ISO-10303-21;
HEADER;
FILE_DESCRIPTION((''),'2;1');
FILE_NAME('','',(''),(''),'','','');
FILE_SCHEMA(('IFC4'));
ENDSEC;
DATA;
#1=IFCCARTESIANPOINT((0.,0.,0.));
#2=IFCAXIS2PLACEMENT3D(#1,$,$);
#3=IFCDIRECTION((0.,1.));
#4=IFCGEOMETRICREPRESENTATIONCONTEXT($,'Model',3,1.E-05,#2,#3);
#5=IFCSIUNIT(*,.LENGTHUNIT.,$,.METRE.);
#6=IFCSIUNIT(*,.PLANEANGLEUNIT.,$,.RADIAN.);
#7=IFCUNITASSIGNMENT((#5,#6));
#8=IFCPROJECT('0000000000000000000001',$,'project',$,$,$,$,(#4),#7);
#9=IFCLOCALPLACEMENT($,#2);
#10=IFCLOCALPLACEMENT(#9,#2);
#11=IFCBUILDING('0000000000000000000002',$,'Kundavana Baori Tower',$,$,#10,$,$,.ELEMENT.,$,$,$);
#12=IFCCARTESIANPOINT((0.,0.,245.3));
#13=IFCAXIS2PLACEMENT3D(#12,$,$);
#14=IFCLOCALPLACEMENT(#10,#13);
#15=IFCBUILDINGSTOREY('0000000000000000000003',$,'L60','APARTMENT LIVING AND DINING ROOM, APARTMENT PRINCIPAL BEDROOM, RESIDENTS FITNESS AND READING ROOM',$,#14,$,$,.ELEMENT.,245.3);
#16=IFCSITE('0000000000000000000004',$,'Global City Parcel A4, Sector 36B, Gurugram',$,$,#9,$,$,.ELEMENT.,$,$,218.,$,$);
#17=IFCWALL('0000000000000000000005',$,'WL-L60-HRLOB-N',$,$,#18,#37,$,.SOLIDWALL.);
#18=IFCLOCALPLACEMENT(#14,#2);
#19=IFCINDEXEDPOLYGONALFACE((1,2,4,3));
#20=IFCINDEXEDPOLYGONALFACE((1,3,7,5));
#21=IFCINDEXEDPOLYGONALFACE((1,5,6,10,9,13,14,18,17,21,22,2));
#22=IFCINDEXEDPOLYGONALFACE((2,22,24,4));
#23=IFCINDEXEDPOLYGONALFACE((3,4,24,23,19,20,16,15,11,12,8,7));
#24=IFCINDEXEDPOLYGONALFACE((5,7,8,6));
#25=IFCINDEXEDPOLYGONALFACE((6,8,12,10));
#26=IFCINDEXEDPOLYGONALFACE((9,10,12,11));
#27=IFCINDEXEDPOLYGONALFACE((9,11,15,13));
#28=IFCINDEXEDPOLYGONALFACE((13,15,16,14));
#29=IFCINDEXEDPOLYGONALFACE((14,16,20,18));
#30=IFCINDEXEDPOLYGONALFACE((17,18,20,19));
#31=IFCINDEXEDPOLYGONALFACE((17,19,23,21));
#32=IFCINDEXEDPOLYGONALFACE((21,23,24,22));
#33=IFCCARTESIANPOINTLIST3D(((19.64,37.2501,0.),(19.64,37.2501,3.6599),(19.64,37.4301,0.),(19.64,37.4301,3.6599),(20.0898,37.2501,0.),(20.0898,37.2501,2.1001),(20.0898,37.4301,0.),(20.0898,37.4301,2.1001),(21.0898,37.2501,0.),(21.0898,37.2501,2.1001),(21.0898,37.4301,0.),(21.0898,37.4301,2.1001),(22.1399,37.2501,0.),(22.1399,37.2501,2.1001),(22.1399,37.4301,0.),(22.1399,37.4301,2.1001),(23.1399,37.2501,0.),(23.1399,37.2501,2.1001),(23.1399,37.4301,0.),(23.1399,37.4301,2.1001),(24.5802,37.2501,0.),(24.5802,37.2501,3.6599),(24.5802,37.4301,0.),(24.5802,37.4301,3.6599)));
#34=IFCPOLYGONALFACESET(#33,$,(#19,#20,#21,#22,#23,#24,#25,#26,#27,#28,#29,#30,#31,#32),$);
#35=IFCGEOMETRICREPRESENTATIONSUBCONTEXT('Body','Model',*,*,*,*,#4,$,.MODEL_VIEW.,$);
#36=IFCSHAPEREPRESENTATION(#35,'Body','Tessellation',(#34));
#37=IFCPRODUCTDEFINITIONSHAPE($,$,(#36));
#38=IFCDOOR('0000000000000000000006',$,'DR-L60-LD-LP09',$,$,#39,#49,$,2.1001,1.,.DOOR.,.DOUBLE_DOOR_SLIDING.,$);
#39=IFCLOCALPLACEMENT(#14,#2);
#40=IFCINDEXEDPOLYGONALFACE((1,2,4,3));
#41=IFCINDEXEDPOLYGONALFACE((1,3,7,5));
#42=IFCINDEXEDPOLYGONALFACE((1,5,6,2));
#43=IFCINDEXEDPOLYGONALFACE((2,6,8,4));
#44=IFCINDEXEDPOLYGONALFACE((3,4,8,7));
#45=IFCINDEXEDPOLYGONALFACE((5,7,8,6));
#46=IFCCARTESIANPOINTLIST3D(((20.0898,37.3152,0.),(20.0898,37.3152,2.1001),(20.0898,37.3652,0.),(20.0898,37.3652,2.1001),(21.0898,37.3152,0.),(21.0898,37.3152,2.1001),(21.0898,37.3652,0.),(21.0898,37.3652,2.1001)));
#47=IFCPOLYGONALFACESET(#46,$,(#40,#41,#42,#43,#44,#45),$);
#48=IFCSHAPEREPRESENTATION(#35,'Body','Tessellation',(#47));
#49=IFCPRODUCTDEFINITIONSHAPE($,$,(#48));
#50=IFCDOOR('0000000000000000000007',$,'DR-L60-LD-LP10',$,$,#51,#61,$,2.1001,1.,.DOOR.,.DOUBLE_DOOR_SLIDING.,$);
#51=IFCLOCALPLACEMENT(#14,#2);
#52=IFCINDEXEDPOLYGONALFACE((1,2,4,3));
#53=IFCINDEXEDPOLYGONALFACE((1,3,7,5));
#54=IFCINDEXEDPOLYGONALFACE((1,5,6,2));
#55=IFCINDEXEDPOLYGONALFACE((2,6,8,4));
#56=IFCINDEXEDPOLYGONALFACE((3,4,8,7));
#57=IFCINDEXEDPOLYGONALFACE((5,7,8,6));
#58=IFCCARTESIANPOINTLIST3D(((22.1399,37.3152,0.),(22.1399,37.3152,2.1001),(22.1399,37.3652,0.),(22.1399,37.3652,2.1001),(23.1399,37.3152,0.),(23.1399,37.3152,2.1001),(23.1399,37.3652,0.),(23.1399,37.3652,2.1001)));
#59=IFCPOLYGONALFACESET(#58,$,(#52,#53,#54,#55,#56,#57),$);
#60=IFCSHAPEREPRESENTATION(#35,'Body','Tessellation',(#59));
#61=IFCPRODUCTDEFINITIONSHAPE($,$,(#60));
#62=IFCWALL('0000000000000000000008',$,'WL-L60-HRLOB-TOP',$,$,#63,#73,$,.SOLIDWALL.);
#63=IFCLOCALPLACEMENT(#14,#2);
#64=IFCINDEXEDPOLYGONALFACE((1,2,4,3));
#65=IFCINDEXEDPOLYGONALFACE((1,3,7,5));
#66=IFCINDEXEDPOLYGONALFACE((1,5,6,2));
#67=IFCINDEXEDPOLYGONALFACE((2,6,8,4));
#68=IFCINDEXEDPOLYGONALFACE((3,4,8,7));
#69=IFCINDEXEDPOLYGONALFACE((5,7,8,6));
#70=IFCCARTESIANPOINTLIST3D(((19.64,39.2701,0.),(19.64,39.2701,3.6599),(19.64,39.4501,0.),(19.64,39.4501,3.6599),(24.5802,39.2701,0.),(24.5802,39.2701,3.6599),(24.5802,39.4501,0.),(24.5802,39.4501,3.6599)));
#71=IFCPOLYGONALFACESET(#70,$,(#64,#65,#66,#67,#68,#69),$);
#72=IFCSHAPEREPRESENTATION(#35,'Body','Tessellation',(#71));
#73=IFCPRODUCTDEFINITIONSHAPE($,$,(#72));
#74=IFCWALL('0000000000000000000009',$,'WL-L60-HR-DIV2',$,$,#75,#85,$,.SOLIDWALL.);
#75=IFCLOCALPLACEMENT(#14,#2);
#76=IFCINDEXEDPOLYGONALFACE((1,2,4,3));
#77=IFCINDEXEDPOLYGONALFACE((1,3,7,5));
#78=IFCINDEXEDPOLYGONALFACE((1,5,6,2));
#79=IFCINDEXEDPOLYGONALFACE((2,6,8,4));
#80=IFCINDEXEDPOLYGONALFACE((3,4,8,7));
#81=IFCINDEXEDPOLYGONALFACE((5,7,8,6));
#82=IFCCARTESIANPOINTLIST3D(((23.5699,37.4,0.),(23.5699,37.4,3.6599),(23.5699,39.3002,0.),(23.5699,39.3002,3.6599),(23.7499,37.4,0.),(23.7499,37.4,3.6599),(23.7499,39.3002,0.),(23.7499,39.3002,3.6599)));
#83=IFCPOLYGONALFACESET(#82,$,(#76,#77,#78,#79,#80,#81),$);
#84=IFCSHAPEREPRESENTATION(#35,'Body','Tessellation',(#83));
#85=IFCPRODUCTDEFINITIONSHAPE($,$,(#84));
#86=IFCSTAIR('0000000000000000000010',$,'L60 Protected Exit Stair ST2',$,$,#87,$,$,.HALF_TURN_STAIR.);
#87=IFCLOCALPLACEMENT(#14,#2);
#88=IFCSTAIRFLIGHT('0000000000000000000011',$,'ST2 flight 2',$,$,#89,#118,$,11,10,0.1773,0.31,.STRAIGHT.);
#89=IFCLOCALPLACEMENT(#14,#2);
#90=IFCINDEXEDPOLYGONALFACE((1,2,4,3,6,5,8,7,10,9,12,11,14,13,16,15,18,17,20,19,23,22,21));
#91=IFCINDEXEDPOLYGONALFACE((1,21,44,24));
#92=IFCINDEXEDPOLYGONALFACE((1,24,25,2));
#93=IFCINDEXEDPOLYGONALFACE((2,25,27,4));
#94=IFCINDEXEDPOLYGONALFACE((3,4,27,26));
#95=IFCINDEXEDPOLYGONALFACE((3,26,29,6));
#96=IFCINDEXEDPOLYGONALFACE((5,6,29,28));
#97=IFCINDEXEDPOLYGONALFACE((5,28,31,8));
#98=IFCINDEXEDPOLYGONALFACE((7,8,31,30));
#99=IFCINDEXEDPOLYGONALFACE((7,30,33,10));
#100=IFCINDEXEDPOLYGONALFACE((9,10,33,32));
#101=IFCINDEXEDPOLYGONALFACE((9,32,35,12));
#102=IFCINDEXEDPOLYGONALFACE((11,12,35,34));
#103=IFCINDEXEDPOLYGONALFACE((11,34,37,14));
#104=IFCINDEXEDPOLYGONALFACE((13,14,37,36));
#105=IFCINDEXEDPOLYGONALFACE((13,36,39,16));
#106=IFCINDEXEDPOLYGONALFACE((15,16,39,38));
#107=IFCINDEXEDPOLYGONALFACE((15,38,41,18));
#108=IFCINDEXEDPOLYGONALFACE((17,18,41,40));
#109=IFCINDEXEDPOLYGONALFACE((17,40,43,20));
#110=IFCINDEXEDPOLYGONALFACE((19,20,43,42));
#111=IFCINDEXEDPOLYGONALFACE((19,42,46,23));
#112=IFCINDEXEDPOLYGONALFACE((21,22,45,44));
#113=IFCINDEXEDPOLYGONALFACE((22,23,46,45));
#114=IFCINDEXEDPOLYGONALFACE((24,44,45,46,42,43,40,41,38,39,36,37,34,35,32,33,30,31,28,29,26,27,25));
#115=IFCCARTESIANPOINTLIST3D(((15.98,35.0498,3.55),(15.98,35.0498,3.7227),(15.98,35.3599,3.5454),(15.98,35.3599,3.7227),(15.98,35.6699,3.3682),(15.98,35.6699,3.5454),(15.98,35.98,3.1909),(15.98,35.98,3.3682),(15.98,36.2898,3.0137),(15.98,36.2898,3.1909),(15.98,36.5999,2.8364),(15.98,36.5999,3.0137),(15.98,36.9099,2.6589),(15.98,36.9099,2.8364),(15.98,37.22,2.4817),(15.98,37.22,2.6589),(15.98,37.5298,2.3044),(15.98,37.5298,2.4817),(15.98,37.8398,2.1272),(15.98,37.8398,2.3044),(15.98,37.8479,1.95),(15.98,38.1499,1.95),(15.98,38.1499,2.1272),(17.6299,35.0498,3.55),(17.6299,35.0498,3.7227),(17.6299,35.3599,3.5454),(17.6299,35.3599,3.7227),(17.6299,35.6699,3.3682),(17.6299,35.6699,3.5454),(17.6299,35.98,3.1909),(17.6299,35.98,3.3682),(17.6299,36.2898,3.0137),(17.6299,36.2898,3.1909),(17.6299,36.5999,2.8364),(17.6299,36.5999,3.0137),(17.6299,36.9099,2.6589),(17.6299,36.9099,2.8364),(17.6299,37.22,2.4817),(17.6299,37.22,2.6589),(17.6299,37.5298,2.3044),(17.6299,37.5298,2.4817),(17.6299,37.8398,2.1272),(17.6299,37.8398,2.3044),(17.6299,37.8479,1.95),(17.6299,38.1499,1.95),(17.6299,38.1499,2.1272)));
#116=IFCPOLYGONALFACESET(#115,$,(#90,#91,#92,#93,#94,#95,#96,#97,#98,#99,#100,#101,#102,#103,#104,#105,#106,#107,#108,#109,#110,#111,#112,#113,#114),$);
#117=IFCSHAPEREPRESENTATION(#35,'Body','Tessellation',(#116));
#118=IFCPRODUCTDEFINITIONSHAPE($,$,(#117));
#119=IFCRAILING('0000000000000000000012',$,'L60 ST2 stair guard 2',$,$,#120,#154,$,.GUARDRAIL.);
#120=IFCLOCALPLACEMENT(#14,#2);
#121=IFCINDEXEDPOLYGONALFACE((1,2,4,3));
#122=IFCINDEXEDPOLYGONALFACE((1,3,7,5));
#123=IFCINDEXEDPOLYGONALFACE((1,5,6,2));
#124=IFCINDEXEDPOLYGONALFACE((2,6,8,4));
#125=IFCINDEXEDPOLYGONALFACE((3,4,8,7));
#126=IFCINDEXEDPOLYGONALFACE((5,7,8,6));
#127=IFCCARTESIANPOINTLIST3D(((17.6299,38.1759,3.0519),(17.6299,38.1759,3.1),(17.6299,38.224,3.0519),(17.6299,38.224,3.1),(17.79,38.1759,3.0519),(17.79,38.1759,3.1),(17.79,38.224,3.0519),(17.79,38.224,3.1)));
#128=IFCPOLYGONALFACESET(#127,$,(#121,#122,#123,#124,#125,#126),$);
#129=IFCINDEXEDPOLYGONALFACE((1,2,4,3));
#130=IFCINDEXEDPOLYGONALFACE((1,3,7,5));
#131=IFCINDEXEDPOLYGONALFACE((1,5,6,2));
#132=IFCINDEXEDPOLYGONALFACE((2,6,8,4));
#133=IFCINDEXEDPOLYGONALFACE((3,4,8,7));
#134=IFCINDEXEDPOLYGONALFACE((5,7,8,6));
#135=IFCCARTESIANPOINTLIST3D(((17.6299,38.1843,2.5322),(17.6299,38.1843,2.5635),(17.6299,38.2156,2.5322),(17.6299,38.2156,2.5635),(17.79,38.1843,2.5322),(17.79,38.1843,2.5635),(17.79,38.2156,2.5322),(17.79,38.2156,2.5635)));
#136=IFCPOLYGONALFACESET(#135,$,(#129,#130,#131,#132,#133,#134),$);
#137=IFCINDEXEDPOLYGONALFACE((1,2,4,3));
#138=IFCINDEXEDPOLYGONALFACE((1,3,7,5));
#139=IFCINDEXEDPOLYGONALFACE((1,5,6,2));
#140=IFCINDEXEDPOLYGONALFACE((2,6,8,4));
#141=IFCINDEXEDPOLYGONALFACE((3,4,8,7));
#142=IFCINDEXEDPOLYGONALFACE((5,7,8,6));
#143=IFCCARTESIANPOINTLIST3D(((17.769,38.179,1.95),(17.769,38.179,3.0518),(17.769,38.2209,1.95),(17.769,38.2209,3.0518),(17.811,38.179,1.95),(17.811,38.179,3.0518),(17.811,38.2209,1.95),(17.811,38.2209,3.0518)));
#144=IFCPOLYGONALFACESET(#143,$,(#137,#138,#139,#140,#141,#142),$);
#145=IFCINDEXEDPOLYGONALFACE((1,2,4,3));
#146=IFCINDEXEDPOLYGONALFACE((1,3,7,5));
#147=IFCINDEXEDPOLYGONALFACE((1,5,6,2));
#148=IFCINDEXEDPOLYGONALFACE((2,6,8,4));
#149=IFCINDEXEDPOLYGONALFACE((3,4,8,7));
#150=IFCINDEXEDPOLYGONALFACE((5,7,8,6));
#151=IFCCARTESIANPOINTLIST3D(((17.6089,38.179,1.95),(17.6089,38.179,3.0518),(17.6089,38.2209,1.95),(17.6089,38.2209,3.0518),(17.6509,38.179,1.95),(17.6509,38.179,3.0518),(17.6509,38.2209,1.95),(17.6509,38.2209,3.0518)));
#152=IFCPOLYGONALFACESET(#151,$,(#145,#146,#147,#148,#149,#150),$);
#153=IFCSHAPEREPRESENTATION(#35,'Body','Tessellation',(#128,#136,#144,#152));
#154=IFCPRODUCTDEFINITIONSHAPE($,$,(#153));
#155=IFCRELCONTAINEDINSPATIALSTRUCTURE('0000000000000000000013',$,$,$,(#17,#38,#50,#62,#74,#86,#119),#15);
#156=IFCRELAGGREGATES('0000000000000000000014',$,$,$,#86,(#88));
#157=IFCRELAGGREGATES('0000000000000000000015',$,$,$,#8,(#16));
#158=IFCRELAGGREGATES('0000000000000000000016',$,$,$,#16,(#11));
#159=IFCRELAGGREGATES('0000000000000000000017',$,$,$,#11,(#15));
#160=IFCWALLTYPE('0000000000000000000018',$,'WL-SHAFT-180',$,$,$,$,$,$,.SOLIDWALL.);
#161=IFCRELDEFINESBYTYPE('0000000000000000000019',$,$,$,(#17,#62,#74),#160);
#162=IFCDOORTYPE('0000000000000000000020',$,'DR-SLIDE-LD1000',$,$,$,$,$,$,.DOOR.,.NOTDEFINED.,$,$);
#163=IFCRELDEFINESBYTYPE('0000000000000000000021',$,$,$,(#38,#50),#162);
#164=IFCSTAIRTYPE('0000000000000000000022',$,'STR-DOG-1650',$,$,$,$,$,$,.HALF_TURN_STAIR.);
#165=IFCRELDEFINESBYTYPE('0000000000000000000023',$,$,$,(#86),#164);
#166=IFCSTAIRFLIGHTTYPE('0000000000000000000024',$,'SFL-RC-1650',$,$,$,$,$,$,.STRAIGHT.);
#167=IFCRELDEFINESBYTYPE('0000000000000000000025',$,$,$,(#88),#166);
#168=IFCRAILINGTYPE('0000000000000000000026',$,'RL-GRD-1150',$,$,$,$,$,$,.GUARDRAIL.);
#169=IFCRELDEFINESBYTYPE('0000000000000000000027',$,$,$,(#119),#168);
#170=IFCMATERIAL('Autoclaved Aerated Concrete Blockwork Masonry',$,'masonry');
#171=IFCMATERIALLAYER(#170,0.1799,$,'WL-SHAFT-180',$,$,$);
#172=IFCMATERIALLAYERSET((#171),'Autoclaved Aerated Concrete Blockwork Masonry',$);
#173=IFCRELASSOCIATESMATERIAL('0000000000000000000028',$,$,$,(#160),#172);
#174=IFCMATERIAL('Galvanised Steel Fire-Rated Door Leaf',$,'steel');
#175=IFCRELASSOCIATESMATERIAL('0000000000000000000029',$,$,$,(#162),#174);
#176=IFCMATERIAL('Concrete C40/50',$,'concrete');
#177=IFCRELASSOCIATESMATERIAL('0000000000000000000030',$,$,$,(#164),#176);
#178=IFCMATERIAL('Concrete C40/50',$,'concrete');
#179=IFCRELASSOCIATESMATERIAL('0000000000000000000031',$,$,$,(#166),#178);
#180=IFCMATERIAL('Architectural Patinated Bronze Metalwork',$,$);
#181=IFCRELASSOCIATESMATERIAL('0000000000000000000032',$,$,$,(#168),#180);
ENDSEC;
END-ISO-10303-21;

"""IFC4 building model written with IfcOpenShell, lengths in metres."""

from ifc_helpers import new_model, si_unit, direction, frame, frame_2d, origin, origin_2d, place, context, subcontext, project, spatial, polyline, rectangle, outline, extrude, material, layer, layer_set, type_object, element, fill, aggregate, save


model = new_model("IFC4")

# Units and contexts
model_context = context("Model", 3, precision=1e-05, world=origin(), true_north=direction((0.0, 1.0)))
body_context = subcontext(model_context, "Body", "Model", "MODEL_VIEW")
ifc_project = project(units=[si_unit("LENGTHUNIT", "METRE"), si_unit("PLANEANGLEUNIT", "RADIAN")], contexts=[model_context])

# Site, building, storey
site_placement = place(None, origin())
site = spatial("IfcSite", under=ifc_project, at=site_placement, Name="Global City Parcel A4, Sector 36B, Gurugram", CompositionType="ELEMENT", RefElevation=218.0)
building_placement = place(site_placement, origin())
building = spatial("IfcBuilding", under=site, at=building_placement, Name="Kundavana Baori Tower", CompositionType="ELEMENT")
storey_placement = place(building_placement, frame((0.0, 0.0, 245.3)))
storey = spatial("IfcBuildingStorey", under=building, at=storey_placement, Name="L60", Description="APARTMENT LIVING AND DINING ROOM, APARTMENT PRINCIPAL BEDROOM, RESIDENTS FITNESS AND READING ROOM", CompositionType="ELEMENT", Elevation=245.3)

# Shared definitions
ifc_material_1 = material(Name="Autoclaved Aerated Concrete Blockwork Masonry", Category="masonry")
ifc_layer_1 = layer(ifc_material_1, 0.1799, Name="WL-SHAFT-180")
ifc_layer_set_1 = layer_set([ifc_layer_1], Name="Autoclaved Aerated Concrete Blockwork Masonry")
wall_type_1 = type_object("IfcWallType", Name="WL-SHAFT-180", PredefinedType="SOLIDWALL", material=ifc_layer_set_1)
ifc_material_2 = material(Name="Galvanised Steel Fire-Rated Door Leaf", Category="steel")
door_type = type_object("IfcDoorType", Name="DR-SLIDE-LD1000", OperationType="NOTDEFINED", PredefinedType="DOOR", material=ifc_material_2)

# Wall, openings, doors
wall_1_placement = place(storey_placement, frame((19.6399, 37.3401, 0.0), z_axis=(0.0, 0.0, 1.0), x_axis=(1.0, 0.0, 0.0)))
wall_1 = element("IfcWall", 1, at=wall_1_placement, inside=storey, type_object=wall_type_1, Name="WL-L60-HRLOB-N", PredefinedType="SOLIDWALL", context=body_context, shape_type="SweptSolid", body=[
    extrude(rectangle(XDim=4.9402, YDim=0.1799, at=frame_2d((2.4702, 0.0))), origin(), (0.0, 0.0, 1.0), 3.6599),
])
opening_1_placement = place(wall_1_placement, frame((0.45, 0.0, 0.0)))
opening_1 = element("IfcOpeningElement", 2, at=opening_1_placement, cuts=wall_1, PredefinedType="OPENING", context=body_context, shape_type="SweptSolid", body=[
    extrude(rectangle(XDim=1.0, YDim=2.1001, at=frame_2d((0.5, 1.05))), frame((0.0, 0.1001, 0.0), z_axis=(0.0, -1.0, 0.0), x_axis=(1.0, 0.0, 0.0)), (0.0, 0.0, 1.0), 0.2),
])
opening_2_placement = place(wall_1_placement, frame((2.5, 0.0, 0.0)))
opening_2 = element("IfcOpeningElement", 3, at=opening_2_placement, cuts=wall_1, PredefinedType="OPENING", context=body_context, shape_type="SweptSolid", body=[
    extrude(rectangle(XDim=1.0, YDim=2.1001, at=frame_2d((0.5, 1.05))), frame((0.0, 0.1001, 0.0), z_axis=(0.0, -1.0, 0.0), x_axis=(1.0, 0.0, 0.0)), (0.0, 0.0, 1.0), 0.2),
])
door_1_placement = place(opening_1_placement, frame((1.0, 0.0, 0.0), z_axis=(0.0, 0.0, 1.0), x_axis=(-1.0, 0.0, 0.0)))
door_1 = element("IfcDoor", 4, at=door_1_placement, inside=storey, type_object=door_type, Name="DR-L60-LD-LP09", OperationType="DOUBLE_DOOR_SLIDING", OverallHeight=2.1001, OverallWidth=1.0, PredefinedType="DOOR", context=body_context, shape_type="SweptSolid", body=[
    extrude(rectangle(XDim=1.0, YDim=2.1001, at=frame_2d((0.5, 1.05))), frame((0.0, 0.0249, 0.0), z_axis=(0.0, -1.0, 0.0), x_axis=(1.0, 0.0, 0.0)), (0.0, 0.0, 1.0), 0.05),
])
fill(opening_1, door_1)
door_2_placement = place(opening_2_placement, frame((1.0, 0.0, 0.0), z_axis=(0.0, 0.0, 1.0), x_axis=(-1.0, 0.0, 0.0)))
door_2 = element("IfcDoor", 5, at=door_2_placement, inside=storey, type_object=door_type, Name="DR-L60-LD-LP10", OperationType="DOUBLE_DOOR_SLIDING", OverallHeight=2.1001, OverallWidth=1.0, PredefinedType="DOOR", context=body_context, shape_type="SweptSolid", body=[
    extrude(rectangle(XDim=1.0, YDim=2.1001, at=frame_2d((0.5, 1.05))), frame((0.0, 0.0249, 0.0), z_axis=(0.0, -1.0, 0.0), x_axis=(1.0, 0.0, 0.0)), (0.0, 0.0, 1.0), 0.05),
])
fill(opening_2, door_2)

# Walls
wall_2_placement = place(storey_placement, frame((19.6399, 39.3601, 0.0), z_axis=(0.0, 0.0, 1.0), x_axis=(1.0, 0.0, 0.0)))
element("IfcWall", 6, at=wall_2_placement, inside=storey, type_object=wall_type_1, Name="WL-L60-HRLOB-TOP", PredefinedType="SOLIDWALL", context=body_context, shape_type="SweptSolid", body=[
    extrude(rectangle(XDim=4.9402, YDim=0.1799, at=frame_2d((2.4702, 0.0))), origin(), (0.0, 0.0, 1.0), 3.6599),
])
wall_3_placement = place(storey_placement, frame((23.6599, 37.3999, 0.0), z_axis=(0.0, 0.0, 1.0), x_axis=(0.0, 1.0, 0.0)))
element("IfcWall", 7, at=wall_3_placement, inside=storey, type_object=wall_type_1, Name="WL-L60-HR-DIV2", PredefinedType="SOLIDWALL", context=body_context, shape_type="SweptSolid", body=[
    extrude(rectangle(XDim=1.9001, YDim=0.1799, at=frame_2d((0.9502, 0.0))), origin(), (0.0, 0.0, 1.0), 3.6599),
])

# Stair, stair flight
ifc_material_3 = material(Name="Concrete C40/50", Category="concrete")
stair_type = type_object("IfcStairType", Name="STR-DOG-1650", PredefinedType="HALF_TURN_STAIR", material=ifc_material_3)
stair_placement = place(storey_placement, origin())
stair = element("IfcStair", 8, at=stair_placement, inside=storey, type_object=stair_type, Name="L60 Protected Exit Stair ST2", PredefinedType="HALF_TURN_STAIR")
ifc_material_4 = material(Name="Concrete C40/50", Category="concrete")
stair_flight_type = type_object("IfcStairFlightType", Name="SFL-RC-1650", PredefinedType="STRAIGHT", material=ifc_material_4)
stair_flight_placement = place(storey_placement, frame((16.8049, 38.1499, 1.95), z_axis=(0.0, 0.0, 1.0), x_axis=(0.0, -1.0, 0.0)))
stair_flight = element("IfcStairFlight", 9, at=stair_flight_placement, type_object=stair_flight_type, Name="ST2 flight 2", NumberOfRisers=11, NumberOfTreads=10, PredefinedType="STRAIGHT", RiserHeight=0.1773, TreadLength=0.31, context=body_context, shape_type="SweptSolid", body=[
    extrude(outline(polyline([(0.0, 0.0), (0.0, 0.1772), (0.3101, 0.1772), (0.3101, 0.3545), (0.6201, 0.3545), (0.6201, 0.5317), (0.9299, 0.5317), (0.9299, 0.709), (1.24, 0.709), (1.24, 0.8865), (1.55, 0.8865), (1.55, 1.0637), (1.8601, 1.0637), (1.8601, 1.241), (2.1699, 1.241), (2.1699, 1.4182), (2.48, 1.4182), (2.48, 1.5955), (2.79, 1.5955), (2.79, 1.7727), (3.1001, 1.7727), (3.1001, 1.95), (3.1001, 1.6001), (0.302, 0.0), (0.0, 0.0)])), frame((0.0, 0.825, 0.0), z_axis=(0.0, -1.0, 0.0), x_axis=(1.0, 0.0, 0.0)), (0.0, 0.0, 1.0), 1.6499),
])
aggregate(stair, [stair_flight])

# Railing
ifc_material_5 = material(Name="Architectural Patinated Bronze Metalwork")
railing_type_1 = type_object("IfcRailingType", Name="RL-GRD-1150", PredefinedType="GUARDRAIL", material=ifc_material_5)
railing_1_placement = place(storey_placement, frame((17.79, 38.2, 1.95)))
element("IfcRailing", 10, at=railing_1_placement, inside=storey, type_object=railing_type_1, Name="L60 ST2 stair guard 2", PredefinedType="GUARDRAIL", context=body_context, shape_type="SweptSolid", body=[
    extrude(rectangle(XDim=0.0481, YDim=0.0481, at=origin_2d()), frame((0.0, 0.0, 1.126), z_axis=(-1.0, 0.0, 0.0), x_axis=(0.0, -1.0, 0.0)), (0.0, 0.0, 1.0), 0.1602),
    extrude(rectangle(XDim=0.0312, YDim=0.0312, at=origin_2d()), frame((0.0, 0.0, 0.5979), z_axis=(-1.0, 0.0, 0.0), x_axis=(0.0, -1.0, 0.0)), (0.0, 0.0, 1.0), 0.1602),
    extrude(rectangle(XDim=0.042, YDim=0.042, at=origin_2d()), origin(), (0.0, 0.0, 1.0), 1.1018),
    extrude(rectangle(XDim=0.042, YDim=0.042, at=origin_2d()), frame((-0.1602, 0.0, 0.0)), (0.0, 0.0, 1.0), 1.1018),
])

save(model, "model.ifc")
